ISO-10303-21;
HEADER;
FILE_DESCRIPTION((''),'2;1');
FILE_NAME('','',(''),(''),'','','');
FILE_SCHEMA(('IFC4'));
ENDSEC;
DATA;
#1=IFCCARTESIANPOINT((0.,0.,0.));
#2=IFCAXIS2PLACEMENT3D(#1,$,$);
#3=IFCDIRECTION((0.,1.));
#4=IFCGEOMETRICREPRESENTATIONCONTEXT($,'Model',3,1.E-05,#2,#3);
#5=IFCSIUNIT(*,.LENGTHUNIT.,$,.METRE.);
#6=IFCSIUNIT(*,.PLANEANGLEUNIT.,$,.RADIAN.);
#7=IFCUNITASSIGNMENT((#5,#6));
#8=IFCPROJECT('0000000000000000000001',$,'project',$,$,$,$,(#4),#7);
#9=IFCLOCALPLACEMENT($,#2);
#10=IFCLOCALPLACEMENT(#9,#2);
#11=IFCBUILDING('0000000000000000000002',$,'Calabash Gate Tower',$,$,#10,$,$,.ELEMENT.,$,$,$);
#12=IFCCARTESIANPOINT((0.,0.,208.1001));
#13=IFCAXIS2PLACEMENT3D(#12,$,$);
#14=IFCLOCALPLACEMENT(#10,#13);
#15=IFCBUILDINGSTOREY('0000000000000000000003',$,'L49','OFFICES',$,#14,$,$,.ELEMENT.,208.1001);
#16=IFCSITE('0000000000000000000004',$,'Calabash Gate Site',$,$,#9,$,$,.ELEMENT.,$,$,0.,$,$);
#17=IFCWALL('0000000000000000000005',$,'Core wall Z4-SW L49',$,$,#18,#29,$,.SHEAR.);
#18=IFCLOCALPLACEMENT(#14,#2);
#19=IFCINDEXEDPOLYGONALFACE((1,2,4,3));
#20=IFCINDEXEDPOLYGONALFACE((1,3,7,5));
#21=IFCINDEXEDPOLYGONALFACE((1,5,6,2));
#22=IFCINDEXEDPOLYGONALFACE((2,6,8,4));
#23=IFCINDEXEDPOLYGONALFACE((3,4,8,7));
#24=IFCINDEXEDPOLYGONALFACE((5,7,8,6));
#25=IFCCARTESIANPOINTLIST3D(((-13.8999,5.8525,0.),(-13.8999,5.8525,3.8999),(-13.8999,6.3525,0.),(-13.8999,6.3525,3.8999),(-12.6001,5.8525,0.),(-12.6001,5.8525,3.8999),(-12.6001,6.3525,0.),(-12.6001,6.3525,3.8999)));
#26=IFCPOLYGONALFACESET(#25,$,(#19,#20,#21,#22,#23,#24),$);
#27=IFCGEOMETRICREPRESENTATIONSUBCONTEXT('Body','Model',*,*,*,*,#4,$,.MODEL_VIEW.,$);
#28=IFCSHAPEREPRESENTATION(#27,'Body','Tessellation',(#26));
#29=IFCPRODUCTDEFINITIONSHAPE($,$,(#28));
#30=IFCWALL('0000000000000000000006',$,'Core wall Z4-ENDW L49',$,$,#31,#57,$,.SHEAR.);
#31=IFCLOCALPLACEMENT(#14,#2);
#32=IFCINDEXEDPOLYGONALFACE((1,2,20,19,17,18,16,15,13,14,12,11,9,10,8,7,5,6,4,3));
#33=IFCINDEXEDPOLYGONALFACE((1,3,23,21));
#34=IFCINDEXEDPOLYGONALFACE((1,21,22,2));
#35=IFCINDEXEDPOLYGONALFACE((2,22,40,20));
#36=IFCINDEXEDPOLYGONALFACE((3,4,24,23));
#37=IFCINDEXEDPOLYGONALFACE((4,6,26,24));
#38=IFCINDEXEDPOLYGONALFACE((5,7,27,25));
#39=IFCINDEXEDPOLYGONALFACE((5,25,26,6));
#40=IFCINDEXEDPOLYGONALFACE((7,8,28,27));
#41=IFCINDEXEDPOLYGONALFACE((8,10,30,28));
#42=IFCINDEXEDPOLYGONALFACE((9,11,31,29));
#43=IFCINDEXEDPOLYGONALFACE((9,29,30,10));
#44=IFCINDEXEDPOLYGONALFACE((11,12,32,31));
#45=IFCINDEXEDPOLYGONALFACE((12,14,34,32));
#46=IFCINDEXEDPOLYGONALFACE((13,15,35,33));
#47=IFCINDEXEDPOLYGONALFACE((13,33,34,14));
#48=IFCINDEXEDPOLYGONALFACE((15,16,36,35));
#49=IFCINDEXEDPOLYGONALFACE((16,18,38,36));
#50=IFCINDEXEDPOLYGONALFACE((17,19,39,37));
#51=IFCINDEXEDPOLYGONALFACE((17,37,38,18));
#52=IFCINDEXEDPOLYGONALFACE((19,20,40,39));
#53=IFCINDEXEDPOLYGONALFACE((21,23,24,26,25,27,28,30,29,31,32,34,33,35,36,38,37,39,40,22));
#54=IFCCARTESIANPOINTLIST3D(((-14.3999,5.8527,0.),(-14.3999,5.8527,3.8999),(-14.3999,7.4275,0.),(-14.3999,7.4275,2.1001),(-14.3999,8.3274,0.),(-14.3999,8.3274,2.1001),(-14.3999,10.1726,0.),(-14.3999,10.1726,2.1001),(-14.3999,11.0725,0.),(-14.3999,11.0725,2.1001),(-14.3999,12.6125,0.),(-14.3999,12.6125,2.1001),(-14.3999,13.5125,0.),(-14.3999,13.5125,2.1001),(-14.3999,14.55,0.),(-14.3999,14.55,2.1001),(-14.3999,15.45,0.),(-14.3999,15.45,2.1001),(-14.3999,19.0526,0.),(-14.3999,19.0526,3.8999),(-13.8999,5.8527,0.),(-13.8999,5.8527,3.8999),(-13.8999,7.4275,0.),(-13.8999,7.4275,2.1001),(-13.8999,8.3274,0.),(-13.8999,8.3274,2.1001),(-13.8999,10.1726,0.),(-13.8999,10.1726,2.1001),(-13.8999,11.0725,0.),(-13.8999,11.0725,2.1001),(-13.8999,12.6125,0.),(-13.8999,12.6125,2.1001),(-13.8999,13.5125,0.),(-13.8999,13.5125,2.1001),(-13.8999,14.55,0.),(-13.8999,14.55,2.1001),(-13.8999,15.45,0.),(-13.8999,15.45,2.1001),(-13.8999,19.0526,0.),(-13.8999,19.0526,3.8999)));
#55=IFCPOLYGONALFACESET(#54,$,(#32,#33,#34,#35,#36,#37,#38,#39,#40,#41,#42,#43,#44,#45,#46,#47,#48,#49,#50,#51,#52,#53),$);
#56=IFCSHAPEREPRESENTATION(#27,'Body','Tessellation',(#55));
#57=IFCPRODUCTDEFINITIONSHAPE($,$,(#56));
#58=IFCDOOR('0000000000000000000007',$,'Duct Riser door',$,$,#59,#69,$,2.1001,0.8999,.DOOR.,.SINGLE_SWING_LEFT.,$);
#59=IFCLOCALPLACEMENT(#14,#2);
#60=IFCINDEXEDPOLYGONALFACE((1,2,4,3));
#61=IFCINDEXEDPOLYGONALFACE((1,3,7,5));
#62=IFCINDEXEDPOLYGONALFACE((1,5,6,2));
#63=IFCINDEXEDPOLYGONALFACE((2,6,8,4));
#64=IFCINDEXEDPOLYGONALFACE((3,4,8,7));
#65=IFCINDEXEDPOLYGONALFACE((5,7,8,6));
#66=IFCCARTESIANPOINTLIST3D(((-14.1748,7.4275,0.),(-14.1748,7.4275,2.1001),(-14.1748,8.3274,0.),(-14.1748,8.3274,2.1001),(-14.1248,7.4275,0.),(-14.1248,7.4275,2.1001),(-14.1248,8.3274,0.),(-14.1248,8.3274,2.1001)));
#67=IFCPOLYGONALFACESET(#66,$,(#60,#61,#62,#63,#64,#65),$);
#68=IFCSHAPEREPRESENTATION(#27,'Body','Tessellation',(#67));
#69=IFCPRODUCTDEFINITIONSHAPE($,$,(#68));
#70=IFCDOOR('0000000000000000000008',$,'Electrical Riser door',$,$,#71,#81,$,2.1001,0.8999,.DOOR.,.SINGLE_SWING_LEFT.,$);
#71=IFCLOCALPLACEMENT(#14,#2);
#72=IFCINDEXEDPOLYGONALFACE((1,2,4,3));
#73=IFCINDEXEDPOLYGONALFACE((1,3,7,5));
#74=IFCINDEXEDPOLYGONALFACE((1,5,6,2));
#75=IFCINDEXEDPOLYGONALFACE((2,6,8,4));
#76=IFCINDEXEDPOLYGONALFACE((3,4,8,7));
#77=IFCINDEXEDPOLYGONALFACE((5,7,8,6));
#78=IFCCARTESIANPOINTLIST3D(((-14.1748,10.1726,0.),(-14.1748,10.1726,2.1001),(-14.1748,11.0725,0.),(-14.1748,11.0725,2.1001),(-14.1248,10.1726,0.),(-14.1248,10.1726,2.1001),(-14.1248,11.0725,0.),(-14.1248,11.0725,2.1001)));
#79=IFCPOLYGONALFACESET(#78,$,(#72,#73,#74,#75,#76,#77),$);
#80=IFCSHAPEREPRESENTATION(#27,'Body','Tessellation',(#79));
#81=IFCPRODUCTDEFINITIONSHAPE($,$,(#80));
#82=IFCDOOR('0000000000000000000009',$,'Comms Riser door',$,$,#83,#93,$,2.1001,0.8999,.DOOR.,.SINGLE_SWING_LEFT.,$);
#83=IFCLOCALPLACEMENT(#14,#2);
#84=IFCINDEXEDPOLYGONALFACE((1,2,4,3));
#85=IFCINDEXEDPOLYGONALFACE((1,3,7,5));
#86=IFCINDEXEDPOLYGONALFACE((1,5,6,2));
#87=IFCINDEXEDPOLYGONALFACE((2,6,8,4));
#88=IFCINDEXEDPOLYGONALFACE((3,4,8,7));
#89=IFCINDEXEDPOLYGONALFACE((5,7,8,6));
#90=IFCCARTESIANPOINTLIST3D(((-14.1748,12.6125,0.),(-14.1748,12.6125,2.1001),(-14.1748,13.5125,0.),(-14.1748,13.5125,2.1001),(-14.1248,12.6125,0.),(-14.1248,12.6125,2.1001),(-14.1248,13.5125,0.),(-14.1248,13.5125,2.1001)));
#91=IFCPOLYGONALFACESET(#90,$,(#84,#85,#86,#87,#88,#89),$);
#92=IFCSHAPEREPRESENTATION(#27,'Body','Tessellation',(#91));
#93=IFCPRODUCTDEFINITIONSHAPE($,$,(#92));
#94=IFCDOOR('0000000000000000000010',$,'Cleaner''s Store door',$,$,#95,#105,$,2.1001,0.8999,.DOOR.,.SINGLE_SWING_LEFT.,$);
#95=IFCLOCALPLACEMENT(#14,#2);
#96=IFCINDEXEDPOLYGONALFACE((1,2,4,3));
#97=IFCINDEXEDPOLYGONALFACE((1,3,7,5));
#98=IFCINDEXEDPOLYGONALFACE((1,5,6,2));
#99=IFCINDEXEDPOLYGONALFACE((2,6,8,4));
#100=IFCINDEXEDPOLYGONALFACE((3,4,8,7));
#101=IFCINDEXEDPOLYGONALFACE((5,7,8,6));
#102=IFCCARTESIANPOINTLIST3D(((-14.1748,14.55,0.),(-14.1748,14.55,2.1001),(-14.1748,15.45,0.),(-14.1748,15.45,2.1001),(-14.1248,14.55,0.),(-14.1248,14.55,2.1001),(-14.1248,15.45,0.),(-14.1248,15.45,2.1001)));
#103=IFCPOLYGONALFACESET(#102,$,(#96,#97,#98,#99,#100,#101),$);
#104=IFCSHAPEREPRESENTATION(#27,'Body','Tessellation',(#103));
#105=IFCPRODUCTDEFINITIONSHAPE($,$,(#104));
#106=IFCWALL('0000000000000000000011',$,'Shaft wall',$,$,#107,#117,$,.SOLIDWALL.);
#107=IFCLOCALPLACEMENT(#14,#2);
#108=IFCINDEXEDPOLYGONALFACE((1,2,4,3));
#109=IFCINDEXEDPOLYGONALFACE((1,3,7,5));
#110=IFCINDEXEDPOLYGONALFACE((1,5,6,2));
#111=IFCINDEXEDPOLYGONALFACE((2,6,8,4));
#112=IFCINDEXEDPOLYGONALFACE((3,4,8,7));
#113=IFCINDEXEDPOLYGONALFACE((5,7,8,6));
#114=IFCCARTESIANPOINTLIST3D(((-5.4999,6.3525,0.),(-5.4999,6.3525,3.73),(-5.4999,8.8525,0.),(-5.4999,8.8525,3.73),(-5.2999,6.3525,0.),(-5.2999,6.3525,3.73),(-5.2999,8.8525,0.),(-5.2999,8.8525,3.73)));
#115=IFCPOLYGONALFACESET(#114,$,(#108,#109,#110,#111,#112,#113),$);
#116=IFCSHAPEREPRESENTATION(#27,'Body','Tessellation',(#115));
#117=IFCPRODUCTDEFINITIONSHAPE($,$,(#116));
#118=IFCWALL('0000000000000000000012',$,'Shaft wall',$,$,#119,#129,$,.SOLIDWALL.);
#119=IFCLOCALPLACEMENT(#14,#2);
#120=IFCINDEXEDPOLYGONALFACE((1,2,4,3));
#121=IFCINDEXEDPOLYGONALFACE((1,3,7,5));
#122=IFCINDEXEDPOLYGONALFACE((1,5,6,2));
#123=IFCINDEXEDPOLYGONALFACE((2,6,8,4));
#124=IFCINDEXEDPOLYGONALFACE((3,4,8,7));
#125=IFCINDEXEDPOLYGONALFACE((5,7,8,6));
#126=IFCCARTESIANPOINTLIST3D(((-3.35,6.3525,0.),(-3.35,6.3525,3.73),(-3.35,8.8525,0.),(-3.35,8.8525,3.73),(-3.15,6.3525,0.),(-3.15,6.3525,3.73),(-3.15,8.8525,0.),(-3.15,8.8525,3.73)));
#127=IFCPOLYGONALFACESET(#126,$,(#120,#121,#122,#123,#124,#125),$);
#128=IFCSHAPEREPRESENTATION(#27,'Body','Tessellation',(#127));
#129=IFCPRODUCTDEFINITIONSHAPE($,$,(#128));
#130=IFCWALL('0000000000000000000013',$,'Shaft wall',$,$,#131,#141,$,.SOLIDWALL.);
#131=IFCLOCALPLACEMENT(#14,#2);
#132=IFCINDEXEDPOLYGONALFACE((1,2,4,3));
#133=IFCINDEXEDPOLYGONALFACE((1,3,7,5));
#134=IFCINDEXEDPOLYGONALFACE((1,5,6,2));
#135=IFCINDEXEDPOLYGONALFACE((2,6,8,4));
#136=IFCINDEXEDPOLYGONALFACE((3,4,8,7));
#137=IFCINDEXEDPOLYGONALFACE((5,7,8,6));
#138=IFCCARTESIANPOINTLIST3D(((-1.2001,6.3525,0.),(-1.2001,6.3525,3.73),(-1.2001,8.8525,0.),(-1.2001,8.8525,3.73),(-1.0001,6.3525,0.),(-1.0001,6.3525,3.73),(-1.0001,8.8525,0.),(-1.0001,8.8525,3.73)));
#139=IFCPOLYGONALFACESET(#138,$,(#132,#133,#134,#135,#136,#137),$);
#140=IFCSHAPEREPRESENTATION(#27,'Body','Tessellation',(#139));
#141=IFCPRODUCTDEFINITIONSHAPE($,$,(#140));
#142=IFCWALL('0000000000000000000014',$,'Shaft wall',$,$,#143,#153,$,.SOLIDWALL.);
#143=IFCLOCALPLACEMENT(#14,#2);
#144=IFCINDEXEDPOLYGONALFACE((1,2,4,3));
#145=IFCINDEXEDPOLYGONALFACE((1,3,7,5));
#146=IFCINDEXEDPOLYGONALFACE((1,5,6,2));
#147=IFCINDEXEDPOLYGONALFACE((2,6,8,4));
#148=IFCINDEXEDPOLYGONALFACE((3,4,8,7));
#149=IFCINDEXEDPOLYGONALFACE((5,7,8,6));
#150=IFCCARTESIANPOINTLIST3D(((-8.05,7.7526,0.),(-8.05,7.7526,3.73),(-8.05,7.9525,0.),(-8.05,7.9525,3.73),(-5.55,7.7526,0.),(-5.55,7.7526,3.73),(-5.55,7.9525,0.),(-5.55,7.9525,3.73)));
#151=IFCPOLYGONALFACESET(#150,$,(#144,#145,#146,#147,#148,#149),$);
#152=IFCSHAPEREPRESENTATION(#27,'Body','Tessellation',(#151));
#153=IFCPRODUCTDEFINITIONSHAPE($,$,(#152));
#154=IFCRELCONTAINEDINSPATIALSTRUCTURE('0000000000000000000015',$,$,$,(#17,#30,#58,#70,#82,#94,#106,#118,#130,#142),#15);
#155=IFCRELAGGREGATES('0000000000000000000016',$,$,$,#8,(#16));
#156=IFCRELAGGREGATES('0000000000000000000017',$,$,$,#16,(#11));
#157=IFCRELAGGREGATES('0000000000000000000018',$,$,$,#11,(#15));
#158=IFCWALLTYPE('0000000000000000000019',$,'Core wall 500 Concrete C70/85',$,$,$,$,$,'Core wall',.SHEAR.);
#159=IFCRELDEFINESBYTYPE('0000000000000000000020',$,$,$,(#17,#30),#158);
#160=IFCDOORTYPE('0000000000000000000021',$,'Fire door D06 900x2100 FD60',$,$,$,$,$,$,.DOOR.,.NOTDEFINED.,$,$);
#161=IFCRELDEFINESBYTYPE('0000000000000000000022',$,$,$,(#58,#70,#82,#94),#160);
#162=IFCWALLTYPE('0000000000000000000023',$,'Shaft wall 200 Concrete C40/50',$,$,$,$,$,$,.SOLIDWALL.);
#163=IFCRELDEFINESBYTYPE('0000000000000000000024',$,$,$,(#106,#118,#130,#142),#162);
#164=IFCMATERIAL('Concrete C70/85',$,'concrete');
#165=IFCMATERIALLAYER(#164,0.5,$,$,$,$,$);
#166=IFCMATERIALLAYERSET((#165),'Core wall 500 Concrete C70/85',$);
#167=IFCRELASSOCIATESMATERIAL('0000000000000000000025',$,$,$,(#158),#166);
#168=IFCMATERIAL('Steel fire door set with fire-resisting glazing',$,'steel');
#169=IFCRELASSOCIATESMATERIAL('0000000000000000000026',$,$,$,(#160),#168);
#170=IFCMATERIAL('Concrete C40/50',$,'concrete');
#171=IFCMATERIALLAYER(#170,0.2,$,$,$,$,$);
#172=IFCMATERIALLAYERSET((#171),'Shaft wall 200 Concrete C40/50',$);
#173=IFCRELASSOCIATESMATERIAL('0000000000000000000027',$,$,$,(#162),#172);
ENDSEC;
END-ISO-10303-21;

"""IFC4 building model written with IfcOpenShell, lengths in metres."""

from ifc_helpers import new_model, si_unit, direction, frame, frame_2d, origin, place, context, subcontext, project, spatial, rectangle, extrude, material, layer, layer_set, type_object, element, fill, save


model = new_model("IFC4")

# Units and contexts
model_context = context("Model", 3, precision=1e-05, world=origin(), true_north=direction((0.0, 1.0)))
body_context = subcontext(model_context, "Body", "Model", "MODEL_VIEW")
ifc_project = project(units=[si_unit("LENGTHUNIT", "METRE"), si_unit("PLANEANGLEUNIT", "RADIAN")], contexts=[model_context])

# Site, building, storey
site_placement = place(None, origin())
site = spatial("IfcSite", under=ifc_project, at=site_placement, Name="Calabash Gate Site", CompositionType="ELEMENT", RefElevation=0.0)
building_placement = place(site_placement, origin())
building = spatial("IfcBuilding", under=site, at=building_placement, Name="Calabash Gate Tower", CompositionType="ELEMENT")
storey_placement = place(building_placement, frame((0.0, 0.0, 208.1001)))
storey = spatial("IfcBuildingStorey", under=building, at=storey_placement, Name="L49", Description="OFFICES", CompositionType="ELEMENT", Elevation=208.1001)

# Shared definitions
ifc_material_1 = material(Name="Concrete C70/85", Category="concrete")
ifc_layer_1 = layer(ifc_material_1, 0.5)
ifc_layer_set_1 = layer_set([ifc_layer_1], Name="Core wall 500 Concrete C70/85")
wall_type_1 = type_object("IfcWallType", Name="Core wall 500 Concrete C70/85", ElementType="Core wall", PredefinedType="SHEAR", material=ifc_layer_set_1)

# Wall
wall_1_placement = place(storey_placement, frame((-12.6001, 6.1025, 0.0), z_axis=(0.0, 0.0, 1.0), x_axis=(-1.0, 0.0, 0.0)))
element("IfcWall", 1, at=wall_1_placement, inside=storey, type_object=wall_type_1, Name="Core wall Z4-SW L49", PredefinedType="SHEAR", context=body_context, shape_type="SweptSolid", body=[
    extrude(rectangle(XDim=1.2998, YDim=0.5, at=frame_2d((0.6499, 0.0))), origin(), (0.0, 0.0, 1.0), 3.8999),
])

# Wall, openings, doors
wall_2_placement = place(storey_placement, frame((-14.1499, 5.8525, 0.0), z_axis=(0.0, 0.0, 1.0), x_axis=(0.0, 1.0, 0.0)))
wall_2 = element("IfcWall", 2, at=wall_2_placement, inside=storey, type_object=wall_type_1, Name="Core wall Z4-ENDW L49", PredefinedType="SHEAR", context=body_context, shape_type="SweptSolid", body=[
    extrude(rectangle(XDim=13.2, YDim=0.5, at=frame_2d((6.6001, 0.0))), origin(), (0.0, 0.0, 1.0), 3.8999),
])
opening_1_placement = place(wall_2_placement, frame((1.575, 0.0, 0.0)))
opening_1 = element("IfcOpeningElement", 3, at=opening_1_placement, cuts=wall_2, PredefinedType="OPENING", context=body_context, shape_type="SweptSolid", body=[
    extrude(rectangle(XDim=0.8999, YDim=2.1001, at=frame_2d((0.45, 1.05))), frame((0.0, 0.26, 0.0), z_axis=(0.0, -1.0, 0.0), x_axis=(1.0, 0.0, 0.0)), (0.0, 0.0, 1.0), 0.52),
])
opening_2_placement = place(wall_2_placement, frame((4.3201, 0.0, 0.0)))
opening_2 = element("IfcOpeningElement", 4, at=opening_2_placement, cuts=wall_2, PredefinedType="OPENING", context=body_context, shape_type="SweptSolid", body=[
    extrude(rectangle(XDim=0.8999, YDim=2.1001, at=frame_2d((0.45, 1.05))), frame((0.0, 0.26, 0.0), z_axis=(0.0, -1.0, 0.0), x_axis=(1.0, 0.0, 0.0)), (0.0, 0.0, 1.0), 0.52),
])
opening_3_placement = place(wall_2_placement, frame((6.76, 0.0, 0.0)))
opening_3 = element("IfcOpeningElement", 5, at=opening_3_placement, cuts=wall_2, PredefinedType="OPENING", context=body_context, shape_type="SweptSolid", body=[
    extrude(rectangle(XDim=0.8999, YDim=2.1001, at=frame_2d((0.45, 1.05))), frame((0.0, 0.26, 0.0), z_axis=(0.0, -1.0, 0.0), x_axis=(1.0, 0.0, 0.0)), (0.0, 0.0, 1.0), 0.52),
])
opening_4_placement = place(wall_2_placement, frame((8.6975, 0.0, 0.0)))
opening_4 = element("IfcOpeningElement", 6, at=opening_4_placement, cuts=wall_2, PredefinedType="OPENING", context=body_context, shape_type="SweptSolid", body=[
    extrude(rectangle(XDim=0.8999, YDim=2.1001, at=frame_2d((0.45, 1.05))), frame((0.0, 0.26, 0.0), z_axis=(0.0, -1.0, 0.0), x_axis=(1.0, 0.0, 0.0)), (0.0, 0.0, 1.0), 0.52),
])
ifc_material_2 = material(Name="Steel fire door set with fire-resisting glazing", Category="steel")
door_type_1 = type_object("IfcDoorType", Name="Fire door D06 900x2100 FD60", OperationType="NOTDEFINED", PredefinedType="DOOR", material=ifc_material_2)
door_1_placement = place(opening_1_placement, origin())
door_1 = element("IfcDoor", 7, at=door_1_placement, inside=storey, type_object=door_type_1, Name="Duct Riser door", OperationType="SINGLE_SWING_LEFT", OverallHeight=2.1001, OverallWidth=0.8999, PredefinedType="DOOR", context=body_context, shape_type="SweptSolid", body=[
    extrude(rectangle(XDim=0.8999, YDim=2.1001, at=frame_2d((0.45, 1.05))), frame((0.0, 0.0249, 0.0), z_axis=(0.0, -1.0, 0.0), x_axis=(1.0, 0.0, 0.0)), (0.0, 0.0, 1.0), 0.05),
])
fill(opening_1, door_1)
door_2_placement = place(opening_2_placement, origin())
door_2 = element("IfcDoor", 8, at=door_2_placement, inside=storey, type_object=door_type_1, Name="Electrical Riser door", OperationType="SINGLE_SWING_LEFT", OverallHeight=2.1001, OverallWidth=0.8999, PredefinedType="DOOR", context=body_context, shape_type="SweptSolid", body=[
    extrude(rectangle(XDim=0.8999, YDim=2.1001, at=frame_2d((0.45, 1.05))), frame((0.0, 0.0249, 0.0), z_axis=(0.0, -1.0, 0.0), x_axis=(1.0, 0.0, 0.0)), (0.0, 0.0, 1.0), 0.05),
])
fill(opening_2, door_2)
door_3_placement = place(opening_3_placement, origin())
door_3 = element("IfcDoor", 9, at=door_3_placement, inside=storey, type_object=door_type_1, Name="Comms Riser door", OperationType="SINGLE_SWING_LEFT", OverallHeight=2.1001, OverallWidth=0.8999, PredefinedType="DOOR", context=body_context, shape_type="SweptSolid", body=[
    extrude(rectangle(XDim=0.8999, YDim=2.1001, at=frame_2d((0.45, 1.05))), frame((0.0, 0.0249, 0.0), z_axis=(0.0, -1.0, 0.0), x_axis=(1.0, 0.0, 0.0)), (0.0, 0.0, 1.0), 0.05),
])
fill(opening_3, door_3)
door_4_placement = place(opening_4_placement, origin())
door_4 = element("IfcDoor", 10, at=door_4_placement, inside=storey, type_object=door_type_1, Name="Cleaner's Store door", OperationType="SINGLE_SWING_LEFT", OverallHeight=2.1001, OverallWidth=0.8999, PredefinedType="DOOR", context=body_context, shape_type="SweptSolid", body=[
    extrude(rectangle(XDim=0.8999, YDim=2.1001, at=frame_2d((0.45, 1.05))), frame((0.0, 0.0249, 0.0), z_axis=(0.0, -1.0, 0.0), x_axis=(1.0, 0.0, 0.0)), (0.0, 0.0, 1.0), 0.05),
])
fill(opening_4, door_4)

# Walls
ifc_material_3 = material(Name="Concrete C40/50", Category="concrete")
ifc_layer_2 = layer(ifc_material_3, 0.2)
ifc_layer_set_2 = layer_set([ifc_layer_2], Name="Shaft wall 200 Concrete C40/50")
wall_type_2 = type_object("IfcWallType", Name="Shaft wall 200 Concrete C40/50", PredefinedType="SOLIDWALL", material=ifc_layer_set_2)
for number, where, z_axis, x_axis, name in (
    (11, (-5.3999, 6.3525, 0.0), (0.0, 0.0, 1.0), (0.0, 1.0, 0.0), "Shaft wall"),
    (12, (-3.25, 6.3525, 0.0), (0.0, 0.0, 1.0), (0.0, 1.0, 0.0), "Shaft wall"),
    (13, (-1.1001, 6.3525, 0.0), (0.0, 0.0, 1.0), (0.0, 1.0, 0.0), "Shaft wall"),
    (14, (-8.05, 7.8525, 0.0), (0.0, 0.0, 1.0), (1.0, 0.0, 0.0), "Shaft wall"),
):
    element("IfcWall", number, at=place(storey_placement, frame(where, z_axis=z_axis, x_axis=x_axis)), inside=storey, type_object=wall_type_2, Name=name, PredefinedType="SOLIDWALL", context=body_context, shape_type="SweptSolid", body=[
        extrude(rectangle(XDim=2.5, YDim=0.2, at=frame_2d((1.25, 0.0))), origin(), (0.0, 0.0, 1.0), 3.73),
    ])

save(model, "model.ifc")
